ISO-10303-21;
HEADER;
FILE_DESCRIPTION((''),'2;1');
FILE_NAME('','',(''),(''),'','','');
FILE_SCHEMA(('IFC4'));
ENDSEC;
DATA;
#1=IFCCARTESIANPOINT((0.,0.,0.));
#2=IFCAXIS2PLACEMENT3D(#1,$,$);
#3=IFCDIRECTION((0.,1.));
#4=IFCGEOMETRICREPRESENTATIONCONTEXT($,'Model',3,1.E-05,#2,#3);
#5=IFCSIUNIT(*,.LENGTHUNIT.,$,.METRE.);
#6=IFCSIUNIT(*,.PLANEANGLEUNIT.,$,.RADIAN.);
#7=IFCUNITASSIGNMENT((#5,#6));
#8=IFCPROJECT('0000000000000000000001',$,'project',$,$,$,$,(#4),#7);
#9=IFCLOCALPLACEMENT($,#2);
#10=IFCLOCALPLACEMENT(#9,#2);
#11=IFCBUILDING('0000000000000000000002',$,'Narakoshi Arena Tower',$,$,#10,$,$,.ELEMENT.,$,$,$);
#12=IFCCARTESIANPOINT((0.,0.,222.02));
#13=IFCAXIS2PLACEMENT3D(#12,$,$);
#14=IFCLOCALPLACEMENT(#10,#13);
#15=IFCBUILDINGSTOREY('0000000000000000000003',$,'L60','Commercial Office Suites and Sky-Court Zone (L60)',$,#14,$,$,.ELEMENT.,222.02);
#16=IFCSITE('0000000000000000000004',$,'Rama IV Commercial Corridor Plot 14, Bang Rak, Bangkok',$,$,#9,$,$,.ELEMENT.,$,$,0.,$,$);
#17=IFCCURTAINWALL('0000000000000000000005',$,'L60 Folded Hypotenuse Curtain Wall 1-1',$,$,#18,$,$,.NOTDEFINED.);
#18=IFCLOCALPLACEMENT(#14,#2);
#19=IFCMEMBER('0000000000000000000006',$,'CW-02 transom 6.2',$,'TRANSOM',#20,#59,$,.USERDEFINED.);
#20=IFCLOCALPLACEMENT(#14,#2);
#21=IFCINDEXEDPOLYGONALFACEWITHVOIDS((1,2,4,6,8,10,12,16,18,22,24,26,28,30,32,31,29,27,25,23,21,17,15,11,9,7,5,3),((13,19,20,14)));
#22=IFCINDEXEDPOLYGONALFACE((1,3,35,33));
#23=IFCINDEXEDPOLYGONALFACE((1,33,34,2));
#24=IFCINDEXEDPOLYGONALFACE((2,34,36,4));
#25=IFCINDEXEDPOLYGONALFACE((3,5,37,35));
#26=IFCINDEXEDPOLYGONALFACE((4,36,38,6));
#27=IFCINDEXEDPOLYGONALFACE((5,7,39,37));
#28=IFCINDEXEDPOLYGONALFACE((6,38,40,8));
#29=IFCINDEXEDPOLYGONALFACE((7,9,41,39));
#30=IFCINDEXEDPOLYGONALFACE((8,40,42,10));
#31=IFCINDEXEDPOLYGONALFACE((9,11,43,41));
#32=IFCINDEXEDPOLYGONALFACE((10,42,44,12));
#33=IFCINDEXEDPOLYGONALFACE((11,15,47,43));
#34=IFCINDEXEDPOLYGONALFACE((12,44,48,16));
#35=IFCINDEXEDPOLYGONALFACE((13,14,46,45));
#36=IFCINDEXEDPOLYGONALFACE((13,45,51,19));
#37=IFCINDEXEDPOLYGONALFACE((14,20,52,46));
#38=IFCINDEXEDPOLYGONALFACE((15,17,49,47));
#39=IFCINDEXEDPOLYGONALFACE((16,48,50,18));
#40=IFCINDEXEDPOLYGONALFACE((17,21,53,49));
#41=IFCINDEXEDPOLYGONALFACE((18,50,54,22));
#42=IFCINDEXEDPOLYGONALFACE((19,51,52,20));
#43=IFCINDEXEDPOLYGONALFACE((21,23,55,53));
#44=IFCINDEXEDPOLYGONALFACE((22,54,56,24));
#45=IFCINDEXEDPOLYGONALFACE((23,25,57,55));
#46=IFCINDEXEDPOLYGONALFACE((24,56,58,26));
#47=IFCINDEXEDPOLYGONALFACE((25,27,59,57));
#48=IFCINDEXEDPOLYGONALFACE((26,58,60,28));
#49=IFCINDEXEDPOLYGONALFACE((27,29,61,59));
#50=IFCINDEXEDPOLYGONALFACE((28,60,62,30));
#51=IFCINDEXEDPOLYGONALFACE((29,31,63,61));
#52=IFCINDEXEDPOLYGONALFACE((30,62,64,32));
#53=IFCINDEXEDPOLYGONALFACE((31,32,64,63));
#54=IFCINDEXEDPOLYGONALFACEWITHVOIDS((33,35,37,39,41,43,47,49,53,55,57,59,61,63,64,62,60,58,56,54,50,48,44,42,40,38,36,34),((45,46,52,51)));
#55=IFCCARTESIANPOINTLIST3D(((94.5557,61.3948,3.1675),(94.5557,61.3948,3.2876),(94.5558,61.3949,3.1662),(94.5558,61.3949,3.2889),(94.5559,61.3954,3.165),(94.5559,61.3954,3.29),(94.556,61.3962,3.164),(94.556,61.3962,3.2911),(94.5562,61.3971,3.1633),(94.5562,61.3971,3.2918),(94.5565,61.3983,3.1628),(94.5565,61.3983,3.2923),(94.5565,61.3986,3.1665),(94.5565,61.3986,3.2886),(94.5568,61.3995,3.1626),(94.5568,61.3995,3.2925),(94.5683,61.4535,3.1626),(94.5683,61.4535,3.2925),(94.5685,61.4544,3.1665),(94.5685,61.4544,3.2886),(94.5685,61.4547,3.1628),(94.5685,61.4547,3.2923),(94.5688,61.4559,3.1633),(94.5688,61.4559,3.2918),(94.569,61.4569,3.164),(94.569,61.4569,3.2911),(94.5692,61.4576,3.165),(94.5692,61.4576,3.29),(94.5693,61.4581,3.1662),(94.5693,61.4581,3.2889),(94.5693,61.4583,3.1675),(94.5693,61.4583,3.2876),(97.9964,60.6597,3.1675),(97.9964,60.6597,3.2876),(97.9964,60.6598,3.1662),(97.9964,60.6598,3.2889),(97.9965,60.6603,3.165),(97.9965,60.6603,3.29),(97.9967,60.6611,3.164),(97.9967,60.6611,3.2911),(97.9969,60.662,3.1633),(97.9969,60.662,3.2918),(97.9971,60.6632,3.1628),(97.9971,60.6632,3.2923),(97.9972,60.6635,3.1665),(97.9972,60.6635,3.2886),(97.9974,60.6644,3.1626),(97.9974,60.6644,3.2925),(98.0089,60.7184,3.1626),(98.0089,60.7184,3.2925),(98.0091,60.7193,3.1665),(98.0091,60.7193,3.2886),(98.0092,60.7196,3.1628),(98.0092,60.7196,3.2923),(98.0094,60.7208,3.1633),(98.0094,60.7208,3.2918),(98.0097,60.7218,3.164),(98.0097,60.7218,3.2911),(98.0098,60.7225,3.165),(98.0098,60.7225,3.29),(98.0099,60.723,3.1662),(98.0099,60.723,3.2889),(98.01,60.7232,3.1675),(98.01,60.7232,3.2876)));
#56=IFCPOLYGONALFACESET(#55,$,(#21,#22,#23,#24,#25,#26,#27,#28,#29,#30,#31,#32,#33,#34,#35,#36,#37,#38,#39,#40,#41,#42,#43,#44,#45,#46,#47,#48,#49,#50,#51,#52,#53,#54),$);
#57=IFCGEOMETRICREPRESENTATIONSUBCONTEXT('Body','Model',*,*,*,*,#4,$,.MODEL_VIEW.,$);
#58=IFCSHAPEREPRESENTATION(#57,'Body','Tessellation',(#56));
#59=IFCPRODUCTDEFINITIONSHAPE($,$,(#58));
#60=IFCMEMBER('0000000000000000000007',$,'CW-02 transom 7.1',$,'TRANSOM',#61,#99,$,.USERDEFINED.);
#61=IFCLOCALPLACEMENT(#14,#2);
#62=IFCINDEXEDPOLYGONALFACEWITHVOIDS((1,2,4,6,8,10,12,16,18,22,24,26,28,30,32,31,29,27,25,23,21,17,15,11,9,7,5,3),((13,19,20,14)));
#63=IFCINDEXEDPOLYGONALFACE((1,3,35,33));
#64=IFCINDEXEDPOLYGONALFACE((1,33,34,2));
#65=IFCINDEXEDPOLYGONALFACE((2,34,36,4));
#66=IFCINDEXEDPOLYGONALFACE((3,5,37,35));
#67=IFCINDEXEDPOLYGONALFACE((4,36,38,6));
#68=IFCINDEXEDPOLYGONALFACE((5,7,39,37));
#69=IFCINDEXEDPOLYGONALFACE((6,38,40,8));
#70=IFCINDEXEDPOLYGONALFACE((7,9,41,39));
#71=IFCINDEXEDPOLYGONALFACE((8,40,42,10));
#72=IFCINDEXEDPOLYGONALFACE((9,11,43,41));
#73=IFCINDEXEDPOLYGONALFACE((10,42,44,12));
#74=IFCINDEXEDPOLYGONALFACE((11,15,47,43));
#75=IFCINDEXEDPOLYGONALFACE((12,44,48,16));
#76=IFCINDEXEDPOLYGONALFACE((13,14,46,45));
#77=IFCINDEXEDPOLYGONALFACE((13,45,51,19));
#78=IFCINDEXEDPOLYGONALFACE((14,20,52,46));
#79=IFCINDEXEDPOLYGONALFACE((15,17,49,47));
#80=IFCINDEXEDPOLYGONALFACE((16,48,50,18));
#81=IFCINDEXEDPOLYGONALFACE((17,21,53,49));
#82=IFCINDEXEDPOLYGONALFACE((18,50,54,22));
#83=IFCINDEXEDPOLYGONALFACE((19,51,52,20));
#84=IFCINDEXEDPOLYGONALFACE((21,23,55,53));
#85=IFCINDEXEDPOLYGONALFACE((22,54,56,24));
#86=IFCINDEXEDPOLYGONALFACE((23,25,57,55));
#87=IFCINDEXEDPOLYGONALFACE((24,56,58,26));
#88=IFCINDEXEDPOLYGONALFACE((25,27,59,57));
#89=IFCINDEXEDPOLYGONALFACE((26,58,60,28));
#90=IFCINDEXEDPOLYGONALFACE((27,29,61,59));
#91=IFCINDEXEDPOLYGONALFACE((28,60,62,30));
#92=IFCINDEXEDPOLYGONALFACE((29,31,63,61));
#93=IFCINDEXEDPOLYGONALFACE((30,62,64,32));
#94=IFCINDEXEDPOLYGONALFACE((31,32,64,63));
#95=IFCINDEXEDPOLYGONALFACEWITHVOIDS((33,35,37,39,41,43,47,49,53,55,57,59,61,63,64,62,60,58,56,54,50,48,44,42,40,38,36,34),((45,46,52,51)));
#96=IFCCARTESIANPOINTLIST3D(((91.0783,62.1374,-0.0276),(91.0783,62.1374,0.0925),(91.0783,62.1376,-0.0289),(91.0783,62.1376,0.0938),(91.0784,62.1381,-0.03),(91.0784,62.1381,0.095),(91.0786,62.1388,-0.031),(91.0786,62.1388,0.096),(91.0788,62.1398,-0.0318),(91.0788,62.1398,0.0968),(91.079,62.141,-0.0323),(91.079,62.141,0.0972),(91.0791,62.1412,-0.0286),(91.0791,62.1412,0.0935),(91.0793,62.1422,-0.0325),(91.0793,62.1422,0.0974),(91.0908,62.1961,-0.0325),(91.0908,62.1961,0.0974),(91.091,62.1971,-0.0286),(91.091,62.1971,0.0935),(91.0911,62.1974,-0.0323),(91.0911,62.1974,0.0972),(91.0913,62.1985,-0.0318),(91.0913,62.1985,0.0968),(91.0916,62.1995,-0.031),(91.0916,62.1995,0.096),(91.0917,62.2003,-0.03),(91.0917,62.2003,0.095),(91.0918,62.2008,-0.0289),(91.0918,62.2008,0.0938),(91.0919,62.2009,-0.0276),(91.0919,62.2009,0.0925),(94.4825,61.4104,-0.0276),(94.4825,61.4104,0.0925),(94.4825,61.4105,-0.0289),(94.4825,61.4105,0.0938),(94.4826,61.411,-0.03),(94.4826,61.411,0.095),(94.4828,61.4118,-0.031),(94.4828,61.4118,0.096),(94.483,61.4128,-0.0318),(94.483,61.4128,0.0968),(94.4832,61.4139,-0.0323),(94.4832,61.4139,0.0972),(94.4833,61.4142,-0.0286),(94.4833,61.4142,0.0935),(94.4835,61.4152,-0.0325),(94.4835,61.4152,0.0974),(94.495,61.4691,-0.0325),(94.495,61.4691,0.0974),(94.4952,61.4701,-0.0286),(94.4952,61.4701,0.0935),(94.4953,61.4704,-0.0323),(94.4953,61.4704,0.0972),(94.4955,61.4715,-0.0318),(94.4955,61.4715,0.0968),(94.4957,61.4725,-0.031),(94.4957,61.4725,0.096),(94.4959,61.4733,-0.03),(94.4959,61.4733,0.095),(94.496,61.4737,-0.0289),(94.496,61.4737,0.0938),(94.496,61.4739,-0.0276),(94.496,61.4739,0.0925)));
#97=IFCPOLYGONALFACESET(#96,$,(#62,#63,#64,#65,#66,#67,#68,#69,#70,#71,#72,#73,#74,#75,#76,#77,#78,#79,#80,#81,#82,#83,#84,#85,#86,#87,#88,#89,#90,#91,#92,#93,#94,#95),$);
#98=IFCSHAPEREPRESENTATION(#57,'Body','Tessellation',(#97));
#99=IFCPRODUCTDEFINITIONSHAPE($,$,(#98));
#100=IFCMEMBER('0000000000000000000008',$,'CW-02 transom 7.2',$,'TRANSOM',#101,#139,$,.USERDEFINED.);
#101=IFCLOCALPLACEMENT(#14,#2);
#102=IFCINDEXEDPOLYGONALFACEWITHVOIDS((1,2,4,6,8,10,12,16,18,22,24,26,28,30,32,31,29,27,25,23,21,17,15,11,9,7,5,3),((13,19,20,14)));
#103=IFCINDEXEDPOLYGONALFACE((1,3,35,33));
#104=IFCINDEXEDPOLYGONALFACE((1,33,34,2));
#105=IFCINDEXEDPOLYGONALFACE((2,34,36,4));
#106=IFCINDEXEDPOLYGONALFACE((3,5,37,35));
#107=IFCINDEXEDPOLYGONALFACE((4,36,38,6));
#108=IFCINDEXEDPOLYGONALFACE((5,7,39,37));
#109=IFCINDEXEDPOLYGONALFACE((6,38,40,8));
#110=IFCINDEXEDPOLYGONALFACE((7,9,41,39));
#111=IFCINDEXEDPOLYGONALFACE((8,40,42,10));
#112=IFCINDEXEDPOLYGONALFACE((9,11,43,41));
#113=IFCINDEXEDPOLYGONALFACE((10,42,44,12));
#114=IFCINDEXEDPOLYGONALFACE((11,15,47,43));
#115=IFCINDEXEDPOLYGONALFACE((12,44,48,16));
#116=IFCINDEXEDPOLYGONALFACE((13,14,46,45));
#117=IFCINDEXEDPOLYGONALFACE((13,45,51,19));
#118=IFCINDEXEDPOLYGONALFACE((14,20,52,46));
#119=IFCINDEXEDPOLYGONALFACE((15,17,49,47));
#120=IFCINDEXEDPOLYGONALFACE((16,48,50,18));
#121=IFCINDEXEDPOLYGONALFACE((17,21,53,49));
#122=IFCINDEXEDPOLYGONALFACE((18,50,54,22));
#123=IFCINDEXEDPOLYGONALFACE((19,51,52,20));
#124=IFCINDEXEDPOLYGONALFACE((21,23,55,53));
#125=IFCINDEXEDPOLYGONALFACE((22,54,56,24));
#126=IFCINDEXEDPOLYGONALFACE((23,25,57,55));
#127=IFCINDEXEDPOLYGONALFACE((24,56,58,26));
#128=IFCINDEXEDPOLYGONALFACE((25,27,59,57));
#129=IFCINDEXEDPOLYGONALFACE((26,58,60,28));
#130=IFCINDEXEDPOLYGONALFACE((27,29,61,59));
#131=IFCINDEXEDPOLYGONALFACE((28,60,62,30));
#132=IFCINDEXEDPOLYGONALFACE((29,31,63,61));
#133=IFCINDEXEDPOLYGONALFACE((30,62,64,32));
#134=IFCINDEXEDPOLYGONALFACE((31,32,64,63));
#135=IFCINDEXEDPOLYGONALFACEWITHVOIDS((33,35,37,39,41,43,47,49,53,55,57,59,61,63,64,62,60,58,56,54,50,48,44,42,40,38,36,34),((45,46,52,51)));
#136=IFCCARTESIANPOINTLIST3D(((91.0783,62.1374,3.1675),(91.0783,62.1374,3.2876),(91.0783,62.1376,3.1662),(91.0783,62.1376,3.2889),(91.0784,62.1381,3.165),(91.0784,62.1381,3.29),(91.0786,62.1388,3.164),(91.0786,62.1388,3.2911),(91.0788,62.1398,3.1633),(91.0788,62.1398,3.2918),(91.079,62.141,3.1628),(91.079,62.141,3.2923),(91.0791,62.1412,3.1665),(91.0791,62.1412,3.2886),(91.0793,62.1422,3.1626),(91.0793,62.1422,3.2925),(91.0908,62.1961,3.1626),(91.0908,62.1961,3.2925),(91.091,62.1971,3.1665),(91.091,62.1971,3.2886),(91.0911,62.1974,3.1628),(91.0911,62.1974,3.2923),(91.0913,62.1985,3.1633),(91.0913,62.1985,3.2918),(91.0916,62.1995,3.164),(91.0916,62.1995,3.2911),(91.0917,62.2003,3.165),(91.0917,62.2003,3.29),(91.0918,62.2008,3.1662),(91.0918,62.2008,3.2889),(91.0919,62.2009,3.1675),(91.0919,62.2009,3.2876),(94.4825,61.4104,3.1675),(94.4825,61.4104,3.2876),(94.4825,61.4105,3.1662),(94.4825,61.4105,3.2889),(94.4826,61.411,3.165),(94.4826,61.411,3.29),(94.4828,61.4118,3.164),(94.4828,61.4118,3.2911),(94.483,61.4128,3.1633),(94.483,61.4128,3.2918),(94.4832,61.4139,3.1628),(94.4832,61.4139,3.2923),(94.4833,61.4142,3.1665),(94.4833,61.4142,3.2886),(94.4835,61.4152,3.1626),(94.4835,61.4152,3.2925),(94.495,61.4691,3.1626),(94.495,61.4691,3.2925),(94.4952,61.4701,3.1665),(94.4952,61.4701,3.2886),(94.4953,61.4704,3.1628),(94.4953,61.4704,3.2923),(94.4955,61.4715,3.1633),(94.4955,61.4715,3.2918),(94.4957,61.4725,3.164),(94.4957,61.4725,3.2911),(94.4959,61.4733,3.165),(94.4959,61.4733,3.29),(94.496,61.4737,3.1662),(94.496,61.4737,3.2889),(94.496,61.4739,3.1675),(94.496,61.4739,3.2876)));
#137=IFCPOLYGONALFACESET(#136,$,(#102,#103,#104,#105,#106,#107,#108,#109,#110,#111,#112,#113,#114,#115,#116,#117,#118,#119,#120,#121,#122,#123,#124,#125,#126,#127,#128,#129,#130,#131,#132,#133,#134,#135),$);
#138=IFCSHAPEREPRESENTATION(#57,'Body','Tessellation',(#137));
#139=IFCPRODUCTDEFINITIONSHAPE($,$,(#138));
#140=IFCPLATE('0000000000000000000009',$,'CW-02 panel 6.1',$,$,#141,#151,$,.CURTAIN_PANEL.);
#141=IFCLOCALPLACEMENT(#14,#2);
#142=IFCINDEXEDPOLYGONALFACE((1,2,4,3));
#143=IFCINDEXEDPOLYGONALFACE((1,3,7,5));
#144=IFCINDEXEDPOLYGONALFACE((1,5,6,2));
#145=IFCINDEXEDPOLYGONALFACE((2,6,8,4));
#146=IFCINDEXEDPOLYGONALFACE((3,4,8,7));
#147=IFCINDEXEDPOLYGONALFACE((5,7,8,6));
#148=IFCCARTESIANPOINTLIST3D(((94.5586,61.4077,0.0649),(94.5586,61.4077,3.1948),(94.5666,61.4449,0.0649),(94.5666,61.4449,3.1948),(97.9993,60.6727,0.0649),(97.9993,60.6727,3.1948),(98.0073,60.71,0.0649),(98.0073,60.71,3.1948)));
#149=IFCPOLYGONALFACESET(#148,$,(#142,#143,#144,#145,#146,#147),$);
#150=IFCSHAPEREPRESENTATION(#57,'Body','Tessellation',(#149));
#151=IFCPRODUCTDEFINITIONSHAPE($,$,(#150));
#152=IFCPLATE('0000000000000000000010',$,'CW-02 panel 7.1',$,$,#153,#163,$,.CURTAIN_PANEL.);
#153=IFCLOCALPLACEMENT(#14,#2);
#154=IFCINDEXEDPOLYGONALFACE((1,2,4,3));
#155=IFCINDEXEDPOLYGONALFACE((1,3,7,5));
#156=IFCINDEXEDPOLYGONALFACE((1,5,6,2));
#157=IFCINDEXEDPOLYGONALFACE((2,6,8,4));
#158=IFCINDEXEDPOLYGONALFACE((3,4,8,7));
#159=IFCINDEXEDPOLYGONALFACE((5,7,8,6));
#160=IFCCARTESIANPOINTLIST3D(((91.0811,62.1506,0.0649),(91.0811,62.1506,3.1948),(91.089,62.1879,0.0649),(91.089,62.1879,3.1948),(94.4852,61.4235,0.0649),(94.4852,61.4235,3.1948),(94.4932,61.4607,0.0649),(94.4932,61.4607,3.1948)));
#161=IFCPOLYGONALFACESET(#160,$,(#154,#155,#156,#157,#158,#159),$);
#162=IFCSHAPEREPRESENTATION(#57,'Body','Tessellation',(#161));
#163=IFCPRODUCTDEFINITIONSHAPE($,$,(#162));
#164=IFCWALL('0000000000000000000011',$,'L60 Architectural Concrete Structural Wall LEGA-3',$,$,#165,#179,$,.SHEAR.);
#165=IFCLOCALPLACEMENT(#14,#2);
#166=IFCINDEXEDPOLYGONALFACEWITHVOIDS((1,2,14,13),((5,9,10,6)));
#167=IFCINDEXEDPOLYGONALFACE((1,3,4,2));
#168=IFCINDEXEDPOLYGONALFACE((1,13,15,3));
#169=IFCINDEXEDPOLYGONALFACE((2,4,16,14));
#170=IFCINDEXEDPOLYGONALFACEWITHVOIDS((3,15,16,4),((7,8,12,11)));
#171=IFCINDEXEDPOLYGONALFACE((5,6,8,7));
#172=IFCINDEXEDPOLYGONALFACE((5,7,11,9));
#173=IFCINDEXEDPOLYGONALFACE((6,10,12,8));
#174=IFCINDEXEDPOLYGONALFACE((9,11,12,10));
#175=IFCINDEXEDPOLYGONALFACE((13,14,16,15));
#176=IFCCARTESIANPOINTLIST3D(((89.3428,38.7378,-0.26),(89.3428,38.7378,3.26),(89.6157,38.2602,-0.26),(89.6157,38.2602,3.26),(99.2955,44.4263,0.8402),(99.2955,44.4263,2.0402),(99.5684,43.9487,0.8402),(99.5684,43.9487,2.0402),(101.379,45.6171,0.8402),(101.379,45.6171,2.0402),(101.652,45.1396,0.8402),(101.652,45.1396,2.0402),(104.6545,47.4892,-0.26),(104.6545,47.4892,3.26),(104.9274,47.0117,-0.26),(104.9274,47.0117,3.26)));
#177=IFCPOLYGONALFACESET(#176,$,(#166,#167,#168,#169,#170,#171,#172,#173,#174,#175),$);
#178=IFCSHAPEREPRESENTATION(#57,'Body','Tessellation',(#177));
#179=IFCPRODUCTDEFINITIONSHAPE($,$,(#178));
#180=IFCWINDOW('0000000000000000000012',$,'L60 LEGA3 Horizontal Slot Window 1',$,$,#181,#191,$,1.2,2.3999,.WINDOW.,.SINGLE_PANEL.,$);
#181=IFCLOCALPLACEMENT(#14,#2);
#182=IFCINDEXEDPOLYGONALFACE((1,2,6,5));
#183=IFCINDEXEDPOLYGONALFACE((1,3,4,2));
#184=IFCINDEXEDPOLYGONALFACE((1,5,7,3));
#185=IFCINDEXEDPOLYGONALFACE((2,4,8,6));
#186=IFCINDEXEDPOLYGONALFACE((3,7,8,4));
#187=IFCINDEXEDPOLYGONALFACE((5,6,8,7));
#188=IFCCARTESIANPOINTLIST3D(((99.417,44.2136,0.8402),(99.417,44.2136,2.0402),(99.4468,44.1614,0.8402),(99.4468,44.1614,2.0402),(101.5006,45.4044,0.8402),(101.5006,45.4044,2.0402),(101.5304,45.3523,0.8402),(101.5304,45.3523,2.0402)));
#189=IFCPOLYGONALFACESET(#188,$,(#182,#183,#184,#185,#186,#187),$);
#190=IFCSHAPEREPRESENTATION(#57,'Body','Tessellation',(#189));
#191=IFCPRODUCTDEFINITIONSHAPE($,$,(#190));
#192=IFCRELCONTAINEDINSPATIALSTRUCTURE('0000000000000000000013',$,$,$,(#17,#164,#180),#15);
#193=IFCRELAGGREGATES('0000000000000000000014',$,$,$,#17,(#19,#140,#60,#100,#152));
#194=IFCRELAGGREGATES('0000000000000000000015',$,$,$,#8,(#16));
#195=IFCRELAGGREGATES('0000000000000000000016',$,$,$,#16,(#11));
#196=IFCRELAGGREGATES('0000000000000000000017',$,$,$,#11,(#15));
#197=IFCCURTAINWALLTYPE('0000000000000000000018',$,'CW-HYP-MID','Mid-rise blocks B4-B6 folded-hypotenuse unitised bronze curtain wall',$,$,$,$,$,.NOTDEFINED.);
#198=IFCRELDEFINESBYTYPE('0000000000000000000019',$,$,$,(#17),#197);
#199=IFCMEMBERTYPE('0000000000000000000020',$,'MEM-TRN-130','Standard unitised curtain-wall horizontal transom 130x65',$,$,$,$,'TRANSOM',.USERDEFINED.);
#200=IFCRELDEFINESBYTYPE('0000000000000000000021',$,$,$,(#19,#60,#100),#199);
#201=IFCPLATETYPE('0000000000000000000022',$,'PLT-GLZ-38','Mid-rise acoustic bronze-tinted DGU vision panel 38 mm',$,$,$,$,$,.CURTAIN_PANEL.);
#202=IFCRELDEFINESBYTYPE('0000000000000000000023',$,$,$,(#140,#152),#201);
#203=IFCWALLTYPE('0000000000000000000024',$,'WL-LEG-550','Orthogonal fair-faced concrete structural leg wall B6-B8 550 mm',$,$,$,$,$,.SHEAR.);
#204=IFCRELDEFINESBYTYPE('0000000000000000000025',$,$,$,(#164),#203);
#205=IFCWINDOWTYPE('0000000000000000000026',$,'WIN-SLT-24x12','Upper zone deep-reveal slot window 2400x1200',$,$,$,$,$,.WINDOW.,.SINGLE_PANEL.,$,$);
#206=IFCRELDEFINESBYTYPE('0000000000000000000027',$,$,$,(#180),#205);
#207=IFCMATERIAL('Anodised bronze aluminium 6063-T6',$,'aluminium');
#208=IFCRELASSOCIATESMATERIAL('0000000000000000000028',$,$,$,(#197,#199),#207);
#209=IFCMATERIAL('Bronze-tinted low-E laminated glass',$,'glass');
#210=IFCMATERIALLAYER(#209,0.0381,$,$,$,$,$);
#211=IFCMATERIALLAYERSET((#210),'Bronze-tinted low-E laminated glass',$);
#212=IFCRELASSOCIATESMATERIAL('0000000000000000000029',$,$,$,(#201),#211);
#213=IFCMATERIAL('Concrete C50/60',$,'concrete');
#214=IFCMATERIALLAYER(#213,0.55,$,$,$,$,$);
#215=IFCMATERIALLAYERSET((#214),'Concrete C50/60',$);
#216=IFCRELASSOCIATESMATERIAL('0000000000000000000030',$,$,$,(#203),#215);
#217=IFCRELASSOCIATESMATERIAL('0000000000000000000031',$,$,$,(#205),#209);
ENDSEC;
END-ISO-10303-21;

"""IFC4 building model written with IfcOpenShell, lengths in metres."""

from ifc_helpers import new_model, si_unit, direction, frame, frame_2d, origin, origin_2d, place, context, subcontext, project, spatial, rectangle, hollow_rectangle, extrude, material, layer, layer_set, material_profile, profile_set, type_object, element, fill, aggregate, save


model = new_model("IFC4")

# Units and contexts
model_context = context("Model", 3, precision=1e-05, world=origin(), true_north=direction((0.0, 1.0)))
body_context = subcontext(model_context, "Body", "Model", "MODEL_VIEW")
ifc_project = project(units=[si_unit("LENGTHUNIT", "METRE"), si_unit("PLANEANGLEUNIT", "RADIAN")], contexts=[model_context])

# Site, building, storey
site_placement = place(None, origin())
site = spatial("IfcSite", under=ifc_project, at=site_placement, Name="Rama IV Commercial Corridor Plot 14, Bang Rak, Bangkok", CompositionType="ELEMENT", RefElevation=0.0)
building_placement = place(site_placement, origin())
building = spatial("IfcBuilding", under=site, at=building_placement, Name="Narakoshi Arena Tower", CompositionType="ELEMENT")
storey_placement = place(building_placement, frame((0.0, 0.0, 222.02)))
storey = spatial("IfcBuildingStorey", under=building, at=storey_placement, Name="L60", Description="Commercial Office Suites and Sky-Court Zone (L60)", CompositionType="ELEMENT", Elevation=222.02)

# Shared definitions
ifc_material_1 = material(Name="Concrete C50/60", Category="concrete")

# Curtain wall, members, plates
ifc_material_2 = material(Name="Anodised bronze aluminium 6063-T6", Category="aluminium")
curtain_wall_type = type_object("IfcCurtainWallType", Name="CW-HYP-MID", Description="Mid-rise blocks B4-B6 folded-hypotenuse unitised bronze curtain wall", PredefinedType="NOTDEFINED", material=ifc_material_2)
curtain_wall_placement = place(storey_placement, origin())
curtain_wall = element("IfcCurtainWall", 1, at=curtain_wall_placement, inside=storey, type_object=curtain_wall_type, Name="L60 Folded Hypotenuse Curtain Wall 1-1", PredefinedType="NOTDEFINED")
ifc_material_profile_1 = material_profile(ifc_material_2, hollow_rectangle(XDim=0.0649, YDim=0.1299, WallThickness=0.0039, OuterFilletRadius=0.0049, at=origin_2d()), Name="TRN130x65x4")
ifc_profile_set_1 = profile_set([ifc_material_profile_1], Name="Anodised bronze aluminium 6063-T6")
member_type_1 = type_object("IfcMemberType", Name="MEM-TRN-130", Description="Standard unitised curtain-wall horizontal transom 130x65", ElementType="TRANSOM", PredefinedType="USERDEFINED", material=ifc_profile_set_1)
member_1_placement = place(storey_placement, frame((98.0032, 60.6914, 3.2275), z_axis=(-0.977929, 0.208937, 0.0), x_axis=(-0.208937, -0.977929, 0.0)))
member_1 = element("IfcMember", 2, at=member_1_placement, type_object=member_type_1, Name="CW-02 transom 6.2", ObjectType="TRANSOM", PredefinedType="USERDEFINED", context=body_context, shape_type="SweptSolid", body=[
    extrude(hollow_rectangle(XDim=0.0649, YDim=0.1299, WallThickness=0.0039, OuterFilletRadius=0.0049, at=origin_2d()), origin(), (0.0, 0.0, 1.0), 3.5183),
])
member_2_placement = place(storey_placement, frame((94.4893, 61.4421, 0.0325), z_axis=(-0.977946, 0.208858, 0.0), x_axis=(-0.208858, -0.977946, 0.0)))
member_2 = element("IfcMember", 3, at=member_2_placement, type_object=member_type_1, Name="CW-02 transom 7.1", ObjectType="TRANSOM", PredefinedType="USERDEFINED", context=body_context, shape_type="SweptSolid", body=[
    extrude(hollow_rectangle(XDim=0.0649, YDim=0.1299, WallThickness=0.0039, OuterFilletRadius=0.0049, at=origin_2d()), origin(), (0.0, 0.0, 1.0), 3.481),
])
member_3_placement = place(storey_placement, frame((94.4893, 61.4421, 3.2275), z_axis=(-0.977946, 0.208858, 0.0), x_axis=(-0.208858, -0.977946, 0.0)))
member_3 = element("IfcMember", 4, at=member_3_placement, type_object=member_type_1, Name="CW-02 transom 7.2", ObjectType="TRANSOM", PredefinedType="USERDEFINED", context=body_context, shape_type="SweptSolid", body=[
    extrude(hollow_rectangle(XDim=0.0649, YDim=0.1299, WallThickness=0.0039, OuterFilletRadius=0.0049, at=origin_2d()), origin(), (0.0, 0.0, 1.0), 3.481),
])
ifc_material_3 = material(Name="Bronze-tinted low-E laminated glass", Category="glass")
ifc_layer_1 = layer(ifc_material_3, 0.0381)
ifc_layer_set_1 = layer_set([ifc_layer_1], Name="Bronze-tinted low-E laminated glass")
plate_type = type_object("IfcPlateType", Name="PLT-GLZ-38", Description="Mid-rise acoustic bronze-tinted DGU vision panel 38 mm", PredefinedType="CURTAIN_PANEL", material=ifc_layer_set_1)
plate_1_placement = place(storey_placement, frame((96.283, 61.0588, 0.0649), z_axis=(0.0, 0.0, 1.0), x_axis=(-0.977937, 0.208899, 0.0)))
plate_1 = element("IfcPlate", 5, at=plate_1_placement, type_object=plate_type, Name="CW-02 panel 6.1", PredefinedType="CURTAIN_PANEL", context=body_context, shape_type="SweptSolid", body=[
    extrude(rectangle(XDim=3.5183, YDim=0.0381, at=origin_2d()), origin(), (0.0, 0.0, 1.0), 3.1299),
])
plate_2_placement = place(storey_placement, frame((92.7871, 61.8057, 0.0649), z_axis=(0.0, 0.0, 1.0), x_axis=(-0.977937, 0.208899, 0.0)))
plate_2 = element("IfcPlate", 6, at=plate_2_placement, type_object=plate_type, Name="CW-02 panel 7.1", PredefinedType="CURTAIN_PANEL", context=body_context, shape_type="SweptSolid", body=[
    extrude(rectangle(XDim=3.481, YDim=0.0381, at=origin_2d()), origin(), (0.0, 0.0, 1.0), 3.1299),
])
aggregate(curtain_wall, [member_1, plate_1, member_2, member_3, plate_2])

# Wall, opening, window
ifc_layer_2 = layer(ifc_material_1, 0.55)
ifc_layer_set_2 = layer_set([ifc_layer_2], Name="Concrete C50/60")
wall_type_1 = type_object("IfcWallType", Name="WL-LEG-550", Description="Orthogonal fair-faced concrete structural leg wall B6-B8 550 mm", PredefinedType="SHEAR", material=ifc_layer_set_2)
wall_1_placement = place(storey_placement, frame((89.4792, 38.499, -0.26), z_axis=(0.0, 0.0, 1.0), x_axis=(0.868197, 0.496219, 0.0)))
wall_1 = element("IfcWall", 7, at=wall_1_placement, inside=storey, type_object=wall_type_1, Name="L60 Architectural Concrete Structural Wall LEGA-3", PredefinedType="SHEAR", context=body_context, shape_type="SweptSolid", body=[
    extrude(rectangle(XDim=17.6362, YDim=0.55, at=frame_2d((8.8181, 0.0))), origin(), (0.0, 0.0, 1.0), 3.52),
])
opening_placement = place(wall_1_placement, frame((11.4636, 0.0, 1.1001)))
opening = element("IfcOpeningElement", 8, at=opening_placement, cuts=wall_1, PredefinedType="OPENING", context=body_context, shape_type="SweptSolid", body=[
    extrude(rectangle(XDim=2.3999, YDim=1.2, at=frame_2d((1.2, 0.6001))), frame((0.0, 0.2849, 0.0), z_axis=(0.0, -1.0, 0.0), x_axis=(1.0, 0.0, 0.0)), (0.0, 0.0, 1.0), 0.5701),
])
window_type = type_object("IfcWindowType", Name="WIN-SLT-24x12", Description="Upper zone deep-reveal slot window 2400x1200", PartitioningType="SINGLE_PANEL", PredefinedType="WINDOW", material=ifc_material_3)
window_placement = place(opening_placement, origin())
window = element("IfcWindow", 9, at=window_placement, inside=storey, type_object=window_type, Name="L60 LEGA3 Horizontal Slot Window 1", OverallHeight=1.2, OverallWidth=2.3999, PartitioningType="SINGLE_PANEL", PredefinedType="WINDOW", context=body_context, shape_type="SweptSolid", body=[
    extrude(rectangle(XDim=2.3999, YDim=1.2, at=frame_2d((1.2, 0.6001))), frame((0.0, 0.03, 0.0), z_axis=(0.0, -1.0, 0.0), x_axis=(1.0, 0.0, 0.0)), (0.0, 0.0, 1.0), 0.0601),
])
fill(opening, window)

save(model, "model.ifc")
